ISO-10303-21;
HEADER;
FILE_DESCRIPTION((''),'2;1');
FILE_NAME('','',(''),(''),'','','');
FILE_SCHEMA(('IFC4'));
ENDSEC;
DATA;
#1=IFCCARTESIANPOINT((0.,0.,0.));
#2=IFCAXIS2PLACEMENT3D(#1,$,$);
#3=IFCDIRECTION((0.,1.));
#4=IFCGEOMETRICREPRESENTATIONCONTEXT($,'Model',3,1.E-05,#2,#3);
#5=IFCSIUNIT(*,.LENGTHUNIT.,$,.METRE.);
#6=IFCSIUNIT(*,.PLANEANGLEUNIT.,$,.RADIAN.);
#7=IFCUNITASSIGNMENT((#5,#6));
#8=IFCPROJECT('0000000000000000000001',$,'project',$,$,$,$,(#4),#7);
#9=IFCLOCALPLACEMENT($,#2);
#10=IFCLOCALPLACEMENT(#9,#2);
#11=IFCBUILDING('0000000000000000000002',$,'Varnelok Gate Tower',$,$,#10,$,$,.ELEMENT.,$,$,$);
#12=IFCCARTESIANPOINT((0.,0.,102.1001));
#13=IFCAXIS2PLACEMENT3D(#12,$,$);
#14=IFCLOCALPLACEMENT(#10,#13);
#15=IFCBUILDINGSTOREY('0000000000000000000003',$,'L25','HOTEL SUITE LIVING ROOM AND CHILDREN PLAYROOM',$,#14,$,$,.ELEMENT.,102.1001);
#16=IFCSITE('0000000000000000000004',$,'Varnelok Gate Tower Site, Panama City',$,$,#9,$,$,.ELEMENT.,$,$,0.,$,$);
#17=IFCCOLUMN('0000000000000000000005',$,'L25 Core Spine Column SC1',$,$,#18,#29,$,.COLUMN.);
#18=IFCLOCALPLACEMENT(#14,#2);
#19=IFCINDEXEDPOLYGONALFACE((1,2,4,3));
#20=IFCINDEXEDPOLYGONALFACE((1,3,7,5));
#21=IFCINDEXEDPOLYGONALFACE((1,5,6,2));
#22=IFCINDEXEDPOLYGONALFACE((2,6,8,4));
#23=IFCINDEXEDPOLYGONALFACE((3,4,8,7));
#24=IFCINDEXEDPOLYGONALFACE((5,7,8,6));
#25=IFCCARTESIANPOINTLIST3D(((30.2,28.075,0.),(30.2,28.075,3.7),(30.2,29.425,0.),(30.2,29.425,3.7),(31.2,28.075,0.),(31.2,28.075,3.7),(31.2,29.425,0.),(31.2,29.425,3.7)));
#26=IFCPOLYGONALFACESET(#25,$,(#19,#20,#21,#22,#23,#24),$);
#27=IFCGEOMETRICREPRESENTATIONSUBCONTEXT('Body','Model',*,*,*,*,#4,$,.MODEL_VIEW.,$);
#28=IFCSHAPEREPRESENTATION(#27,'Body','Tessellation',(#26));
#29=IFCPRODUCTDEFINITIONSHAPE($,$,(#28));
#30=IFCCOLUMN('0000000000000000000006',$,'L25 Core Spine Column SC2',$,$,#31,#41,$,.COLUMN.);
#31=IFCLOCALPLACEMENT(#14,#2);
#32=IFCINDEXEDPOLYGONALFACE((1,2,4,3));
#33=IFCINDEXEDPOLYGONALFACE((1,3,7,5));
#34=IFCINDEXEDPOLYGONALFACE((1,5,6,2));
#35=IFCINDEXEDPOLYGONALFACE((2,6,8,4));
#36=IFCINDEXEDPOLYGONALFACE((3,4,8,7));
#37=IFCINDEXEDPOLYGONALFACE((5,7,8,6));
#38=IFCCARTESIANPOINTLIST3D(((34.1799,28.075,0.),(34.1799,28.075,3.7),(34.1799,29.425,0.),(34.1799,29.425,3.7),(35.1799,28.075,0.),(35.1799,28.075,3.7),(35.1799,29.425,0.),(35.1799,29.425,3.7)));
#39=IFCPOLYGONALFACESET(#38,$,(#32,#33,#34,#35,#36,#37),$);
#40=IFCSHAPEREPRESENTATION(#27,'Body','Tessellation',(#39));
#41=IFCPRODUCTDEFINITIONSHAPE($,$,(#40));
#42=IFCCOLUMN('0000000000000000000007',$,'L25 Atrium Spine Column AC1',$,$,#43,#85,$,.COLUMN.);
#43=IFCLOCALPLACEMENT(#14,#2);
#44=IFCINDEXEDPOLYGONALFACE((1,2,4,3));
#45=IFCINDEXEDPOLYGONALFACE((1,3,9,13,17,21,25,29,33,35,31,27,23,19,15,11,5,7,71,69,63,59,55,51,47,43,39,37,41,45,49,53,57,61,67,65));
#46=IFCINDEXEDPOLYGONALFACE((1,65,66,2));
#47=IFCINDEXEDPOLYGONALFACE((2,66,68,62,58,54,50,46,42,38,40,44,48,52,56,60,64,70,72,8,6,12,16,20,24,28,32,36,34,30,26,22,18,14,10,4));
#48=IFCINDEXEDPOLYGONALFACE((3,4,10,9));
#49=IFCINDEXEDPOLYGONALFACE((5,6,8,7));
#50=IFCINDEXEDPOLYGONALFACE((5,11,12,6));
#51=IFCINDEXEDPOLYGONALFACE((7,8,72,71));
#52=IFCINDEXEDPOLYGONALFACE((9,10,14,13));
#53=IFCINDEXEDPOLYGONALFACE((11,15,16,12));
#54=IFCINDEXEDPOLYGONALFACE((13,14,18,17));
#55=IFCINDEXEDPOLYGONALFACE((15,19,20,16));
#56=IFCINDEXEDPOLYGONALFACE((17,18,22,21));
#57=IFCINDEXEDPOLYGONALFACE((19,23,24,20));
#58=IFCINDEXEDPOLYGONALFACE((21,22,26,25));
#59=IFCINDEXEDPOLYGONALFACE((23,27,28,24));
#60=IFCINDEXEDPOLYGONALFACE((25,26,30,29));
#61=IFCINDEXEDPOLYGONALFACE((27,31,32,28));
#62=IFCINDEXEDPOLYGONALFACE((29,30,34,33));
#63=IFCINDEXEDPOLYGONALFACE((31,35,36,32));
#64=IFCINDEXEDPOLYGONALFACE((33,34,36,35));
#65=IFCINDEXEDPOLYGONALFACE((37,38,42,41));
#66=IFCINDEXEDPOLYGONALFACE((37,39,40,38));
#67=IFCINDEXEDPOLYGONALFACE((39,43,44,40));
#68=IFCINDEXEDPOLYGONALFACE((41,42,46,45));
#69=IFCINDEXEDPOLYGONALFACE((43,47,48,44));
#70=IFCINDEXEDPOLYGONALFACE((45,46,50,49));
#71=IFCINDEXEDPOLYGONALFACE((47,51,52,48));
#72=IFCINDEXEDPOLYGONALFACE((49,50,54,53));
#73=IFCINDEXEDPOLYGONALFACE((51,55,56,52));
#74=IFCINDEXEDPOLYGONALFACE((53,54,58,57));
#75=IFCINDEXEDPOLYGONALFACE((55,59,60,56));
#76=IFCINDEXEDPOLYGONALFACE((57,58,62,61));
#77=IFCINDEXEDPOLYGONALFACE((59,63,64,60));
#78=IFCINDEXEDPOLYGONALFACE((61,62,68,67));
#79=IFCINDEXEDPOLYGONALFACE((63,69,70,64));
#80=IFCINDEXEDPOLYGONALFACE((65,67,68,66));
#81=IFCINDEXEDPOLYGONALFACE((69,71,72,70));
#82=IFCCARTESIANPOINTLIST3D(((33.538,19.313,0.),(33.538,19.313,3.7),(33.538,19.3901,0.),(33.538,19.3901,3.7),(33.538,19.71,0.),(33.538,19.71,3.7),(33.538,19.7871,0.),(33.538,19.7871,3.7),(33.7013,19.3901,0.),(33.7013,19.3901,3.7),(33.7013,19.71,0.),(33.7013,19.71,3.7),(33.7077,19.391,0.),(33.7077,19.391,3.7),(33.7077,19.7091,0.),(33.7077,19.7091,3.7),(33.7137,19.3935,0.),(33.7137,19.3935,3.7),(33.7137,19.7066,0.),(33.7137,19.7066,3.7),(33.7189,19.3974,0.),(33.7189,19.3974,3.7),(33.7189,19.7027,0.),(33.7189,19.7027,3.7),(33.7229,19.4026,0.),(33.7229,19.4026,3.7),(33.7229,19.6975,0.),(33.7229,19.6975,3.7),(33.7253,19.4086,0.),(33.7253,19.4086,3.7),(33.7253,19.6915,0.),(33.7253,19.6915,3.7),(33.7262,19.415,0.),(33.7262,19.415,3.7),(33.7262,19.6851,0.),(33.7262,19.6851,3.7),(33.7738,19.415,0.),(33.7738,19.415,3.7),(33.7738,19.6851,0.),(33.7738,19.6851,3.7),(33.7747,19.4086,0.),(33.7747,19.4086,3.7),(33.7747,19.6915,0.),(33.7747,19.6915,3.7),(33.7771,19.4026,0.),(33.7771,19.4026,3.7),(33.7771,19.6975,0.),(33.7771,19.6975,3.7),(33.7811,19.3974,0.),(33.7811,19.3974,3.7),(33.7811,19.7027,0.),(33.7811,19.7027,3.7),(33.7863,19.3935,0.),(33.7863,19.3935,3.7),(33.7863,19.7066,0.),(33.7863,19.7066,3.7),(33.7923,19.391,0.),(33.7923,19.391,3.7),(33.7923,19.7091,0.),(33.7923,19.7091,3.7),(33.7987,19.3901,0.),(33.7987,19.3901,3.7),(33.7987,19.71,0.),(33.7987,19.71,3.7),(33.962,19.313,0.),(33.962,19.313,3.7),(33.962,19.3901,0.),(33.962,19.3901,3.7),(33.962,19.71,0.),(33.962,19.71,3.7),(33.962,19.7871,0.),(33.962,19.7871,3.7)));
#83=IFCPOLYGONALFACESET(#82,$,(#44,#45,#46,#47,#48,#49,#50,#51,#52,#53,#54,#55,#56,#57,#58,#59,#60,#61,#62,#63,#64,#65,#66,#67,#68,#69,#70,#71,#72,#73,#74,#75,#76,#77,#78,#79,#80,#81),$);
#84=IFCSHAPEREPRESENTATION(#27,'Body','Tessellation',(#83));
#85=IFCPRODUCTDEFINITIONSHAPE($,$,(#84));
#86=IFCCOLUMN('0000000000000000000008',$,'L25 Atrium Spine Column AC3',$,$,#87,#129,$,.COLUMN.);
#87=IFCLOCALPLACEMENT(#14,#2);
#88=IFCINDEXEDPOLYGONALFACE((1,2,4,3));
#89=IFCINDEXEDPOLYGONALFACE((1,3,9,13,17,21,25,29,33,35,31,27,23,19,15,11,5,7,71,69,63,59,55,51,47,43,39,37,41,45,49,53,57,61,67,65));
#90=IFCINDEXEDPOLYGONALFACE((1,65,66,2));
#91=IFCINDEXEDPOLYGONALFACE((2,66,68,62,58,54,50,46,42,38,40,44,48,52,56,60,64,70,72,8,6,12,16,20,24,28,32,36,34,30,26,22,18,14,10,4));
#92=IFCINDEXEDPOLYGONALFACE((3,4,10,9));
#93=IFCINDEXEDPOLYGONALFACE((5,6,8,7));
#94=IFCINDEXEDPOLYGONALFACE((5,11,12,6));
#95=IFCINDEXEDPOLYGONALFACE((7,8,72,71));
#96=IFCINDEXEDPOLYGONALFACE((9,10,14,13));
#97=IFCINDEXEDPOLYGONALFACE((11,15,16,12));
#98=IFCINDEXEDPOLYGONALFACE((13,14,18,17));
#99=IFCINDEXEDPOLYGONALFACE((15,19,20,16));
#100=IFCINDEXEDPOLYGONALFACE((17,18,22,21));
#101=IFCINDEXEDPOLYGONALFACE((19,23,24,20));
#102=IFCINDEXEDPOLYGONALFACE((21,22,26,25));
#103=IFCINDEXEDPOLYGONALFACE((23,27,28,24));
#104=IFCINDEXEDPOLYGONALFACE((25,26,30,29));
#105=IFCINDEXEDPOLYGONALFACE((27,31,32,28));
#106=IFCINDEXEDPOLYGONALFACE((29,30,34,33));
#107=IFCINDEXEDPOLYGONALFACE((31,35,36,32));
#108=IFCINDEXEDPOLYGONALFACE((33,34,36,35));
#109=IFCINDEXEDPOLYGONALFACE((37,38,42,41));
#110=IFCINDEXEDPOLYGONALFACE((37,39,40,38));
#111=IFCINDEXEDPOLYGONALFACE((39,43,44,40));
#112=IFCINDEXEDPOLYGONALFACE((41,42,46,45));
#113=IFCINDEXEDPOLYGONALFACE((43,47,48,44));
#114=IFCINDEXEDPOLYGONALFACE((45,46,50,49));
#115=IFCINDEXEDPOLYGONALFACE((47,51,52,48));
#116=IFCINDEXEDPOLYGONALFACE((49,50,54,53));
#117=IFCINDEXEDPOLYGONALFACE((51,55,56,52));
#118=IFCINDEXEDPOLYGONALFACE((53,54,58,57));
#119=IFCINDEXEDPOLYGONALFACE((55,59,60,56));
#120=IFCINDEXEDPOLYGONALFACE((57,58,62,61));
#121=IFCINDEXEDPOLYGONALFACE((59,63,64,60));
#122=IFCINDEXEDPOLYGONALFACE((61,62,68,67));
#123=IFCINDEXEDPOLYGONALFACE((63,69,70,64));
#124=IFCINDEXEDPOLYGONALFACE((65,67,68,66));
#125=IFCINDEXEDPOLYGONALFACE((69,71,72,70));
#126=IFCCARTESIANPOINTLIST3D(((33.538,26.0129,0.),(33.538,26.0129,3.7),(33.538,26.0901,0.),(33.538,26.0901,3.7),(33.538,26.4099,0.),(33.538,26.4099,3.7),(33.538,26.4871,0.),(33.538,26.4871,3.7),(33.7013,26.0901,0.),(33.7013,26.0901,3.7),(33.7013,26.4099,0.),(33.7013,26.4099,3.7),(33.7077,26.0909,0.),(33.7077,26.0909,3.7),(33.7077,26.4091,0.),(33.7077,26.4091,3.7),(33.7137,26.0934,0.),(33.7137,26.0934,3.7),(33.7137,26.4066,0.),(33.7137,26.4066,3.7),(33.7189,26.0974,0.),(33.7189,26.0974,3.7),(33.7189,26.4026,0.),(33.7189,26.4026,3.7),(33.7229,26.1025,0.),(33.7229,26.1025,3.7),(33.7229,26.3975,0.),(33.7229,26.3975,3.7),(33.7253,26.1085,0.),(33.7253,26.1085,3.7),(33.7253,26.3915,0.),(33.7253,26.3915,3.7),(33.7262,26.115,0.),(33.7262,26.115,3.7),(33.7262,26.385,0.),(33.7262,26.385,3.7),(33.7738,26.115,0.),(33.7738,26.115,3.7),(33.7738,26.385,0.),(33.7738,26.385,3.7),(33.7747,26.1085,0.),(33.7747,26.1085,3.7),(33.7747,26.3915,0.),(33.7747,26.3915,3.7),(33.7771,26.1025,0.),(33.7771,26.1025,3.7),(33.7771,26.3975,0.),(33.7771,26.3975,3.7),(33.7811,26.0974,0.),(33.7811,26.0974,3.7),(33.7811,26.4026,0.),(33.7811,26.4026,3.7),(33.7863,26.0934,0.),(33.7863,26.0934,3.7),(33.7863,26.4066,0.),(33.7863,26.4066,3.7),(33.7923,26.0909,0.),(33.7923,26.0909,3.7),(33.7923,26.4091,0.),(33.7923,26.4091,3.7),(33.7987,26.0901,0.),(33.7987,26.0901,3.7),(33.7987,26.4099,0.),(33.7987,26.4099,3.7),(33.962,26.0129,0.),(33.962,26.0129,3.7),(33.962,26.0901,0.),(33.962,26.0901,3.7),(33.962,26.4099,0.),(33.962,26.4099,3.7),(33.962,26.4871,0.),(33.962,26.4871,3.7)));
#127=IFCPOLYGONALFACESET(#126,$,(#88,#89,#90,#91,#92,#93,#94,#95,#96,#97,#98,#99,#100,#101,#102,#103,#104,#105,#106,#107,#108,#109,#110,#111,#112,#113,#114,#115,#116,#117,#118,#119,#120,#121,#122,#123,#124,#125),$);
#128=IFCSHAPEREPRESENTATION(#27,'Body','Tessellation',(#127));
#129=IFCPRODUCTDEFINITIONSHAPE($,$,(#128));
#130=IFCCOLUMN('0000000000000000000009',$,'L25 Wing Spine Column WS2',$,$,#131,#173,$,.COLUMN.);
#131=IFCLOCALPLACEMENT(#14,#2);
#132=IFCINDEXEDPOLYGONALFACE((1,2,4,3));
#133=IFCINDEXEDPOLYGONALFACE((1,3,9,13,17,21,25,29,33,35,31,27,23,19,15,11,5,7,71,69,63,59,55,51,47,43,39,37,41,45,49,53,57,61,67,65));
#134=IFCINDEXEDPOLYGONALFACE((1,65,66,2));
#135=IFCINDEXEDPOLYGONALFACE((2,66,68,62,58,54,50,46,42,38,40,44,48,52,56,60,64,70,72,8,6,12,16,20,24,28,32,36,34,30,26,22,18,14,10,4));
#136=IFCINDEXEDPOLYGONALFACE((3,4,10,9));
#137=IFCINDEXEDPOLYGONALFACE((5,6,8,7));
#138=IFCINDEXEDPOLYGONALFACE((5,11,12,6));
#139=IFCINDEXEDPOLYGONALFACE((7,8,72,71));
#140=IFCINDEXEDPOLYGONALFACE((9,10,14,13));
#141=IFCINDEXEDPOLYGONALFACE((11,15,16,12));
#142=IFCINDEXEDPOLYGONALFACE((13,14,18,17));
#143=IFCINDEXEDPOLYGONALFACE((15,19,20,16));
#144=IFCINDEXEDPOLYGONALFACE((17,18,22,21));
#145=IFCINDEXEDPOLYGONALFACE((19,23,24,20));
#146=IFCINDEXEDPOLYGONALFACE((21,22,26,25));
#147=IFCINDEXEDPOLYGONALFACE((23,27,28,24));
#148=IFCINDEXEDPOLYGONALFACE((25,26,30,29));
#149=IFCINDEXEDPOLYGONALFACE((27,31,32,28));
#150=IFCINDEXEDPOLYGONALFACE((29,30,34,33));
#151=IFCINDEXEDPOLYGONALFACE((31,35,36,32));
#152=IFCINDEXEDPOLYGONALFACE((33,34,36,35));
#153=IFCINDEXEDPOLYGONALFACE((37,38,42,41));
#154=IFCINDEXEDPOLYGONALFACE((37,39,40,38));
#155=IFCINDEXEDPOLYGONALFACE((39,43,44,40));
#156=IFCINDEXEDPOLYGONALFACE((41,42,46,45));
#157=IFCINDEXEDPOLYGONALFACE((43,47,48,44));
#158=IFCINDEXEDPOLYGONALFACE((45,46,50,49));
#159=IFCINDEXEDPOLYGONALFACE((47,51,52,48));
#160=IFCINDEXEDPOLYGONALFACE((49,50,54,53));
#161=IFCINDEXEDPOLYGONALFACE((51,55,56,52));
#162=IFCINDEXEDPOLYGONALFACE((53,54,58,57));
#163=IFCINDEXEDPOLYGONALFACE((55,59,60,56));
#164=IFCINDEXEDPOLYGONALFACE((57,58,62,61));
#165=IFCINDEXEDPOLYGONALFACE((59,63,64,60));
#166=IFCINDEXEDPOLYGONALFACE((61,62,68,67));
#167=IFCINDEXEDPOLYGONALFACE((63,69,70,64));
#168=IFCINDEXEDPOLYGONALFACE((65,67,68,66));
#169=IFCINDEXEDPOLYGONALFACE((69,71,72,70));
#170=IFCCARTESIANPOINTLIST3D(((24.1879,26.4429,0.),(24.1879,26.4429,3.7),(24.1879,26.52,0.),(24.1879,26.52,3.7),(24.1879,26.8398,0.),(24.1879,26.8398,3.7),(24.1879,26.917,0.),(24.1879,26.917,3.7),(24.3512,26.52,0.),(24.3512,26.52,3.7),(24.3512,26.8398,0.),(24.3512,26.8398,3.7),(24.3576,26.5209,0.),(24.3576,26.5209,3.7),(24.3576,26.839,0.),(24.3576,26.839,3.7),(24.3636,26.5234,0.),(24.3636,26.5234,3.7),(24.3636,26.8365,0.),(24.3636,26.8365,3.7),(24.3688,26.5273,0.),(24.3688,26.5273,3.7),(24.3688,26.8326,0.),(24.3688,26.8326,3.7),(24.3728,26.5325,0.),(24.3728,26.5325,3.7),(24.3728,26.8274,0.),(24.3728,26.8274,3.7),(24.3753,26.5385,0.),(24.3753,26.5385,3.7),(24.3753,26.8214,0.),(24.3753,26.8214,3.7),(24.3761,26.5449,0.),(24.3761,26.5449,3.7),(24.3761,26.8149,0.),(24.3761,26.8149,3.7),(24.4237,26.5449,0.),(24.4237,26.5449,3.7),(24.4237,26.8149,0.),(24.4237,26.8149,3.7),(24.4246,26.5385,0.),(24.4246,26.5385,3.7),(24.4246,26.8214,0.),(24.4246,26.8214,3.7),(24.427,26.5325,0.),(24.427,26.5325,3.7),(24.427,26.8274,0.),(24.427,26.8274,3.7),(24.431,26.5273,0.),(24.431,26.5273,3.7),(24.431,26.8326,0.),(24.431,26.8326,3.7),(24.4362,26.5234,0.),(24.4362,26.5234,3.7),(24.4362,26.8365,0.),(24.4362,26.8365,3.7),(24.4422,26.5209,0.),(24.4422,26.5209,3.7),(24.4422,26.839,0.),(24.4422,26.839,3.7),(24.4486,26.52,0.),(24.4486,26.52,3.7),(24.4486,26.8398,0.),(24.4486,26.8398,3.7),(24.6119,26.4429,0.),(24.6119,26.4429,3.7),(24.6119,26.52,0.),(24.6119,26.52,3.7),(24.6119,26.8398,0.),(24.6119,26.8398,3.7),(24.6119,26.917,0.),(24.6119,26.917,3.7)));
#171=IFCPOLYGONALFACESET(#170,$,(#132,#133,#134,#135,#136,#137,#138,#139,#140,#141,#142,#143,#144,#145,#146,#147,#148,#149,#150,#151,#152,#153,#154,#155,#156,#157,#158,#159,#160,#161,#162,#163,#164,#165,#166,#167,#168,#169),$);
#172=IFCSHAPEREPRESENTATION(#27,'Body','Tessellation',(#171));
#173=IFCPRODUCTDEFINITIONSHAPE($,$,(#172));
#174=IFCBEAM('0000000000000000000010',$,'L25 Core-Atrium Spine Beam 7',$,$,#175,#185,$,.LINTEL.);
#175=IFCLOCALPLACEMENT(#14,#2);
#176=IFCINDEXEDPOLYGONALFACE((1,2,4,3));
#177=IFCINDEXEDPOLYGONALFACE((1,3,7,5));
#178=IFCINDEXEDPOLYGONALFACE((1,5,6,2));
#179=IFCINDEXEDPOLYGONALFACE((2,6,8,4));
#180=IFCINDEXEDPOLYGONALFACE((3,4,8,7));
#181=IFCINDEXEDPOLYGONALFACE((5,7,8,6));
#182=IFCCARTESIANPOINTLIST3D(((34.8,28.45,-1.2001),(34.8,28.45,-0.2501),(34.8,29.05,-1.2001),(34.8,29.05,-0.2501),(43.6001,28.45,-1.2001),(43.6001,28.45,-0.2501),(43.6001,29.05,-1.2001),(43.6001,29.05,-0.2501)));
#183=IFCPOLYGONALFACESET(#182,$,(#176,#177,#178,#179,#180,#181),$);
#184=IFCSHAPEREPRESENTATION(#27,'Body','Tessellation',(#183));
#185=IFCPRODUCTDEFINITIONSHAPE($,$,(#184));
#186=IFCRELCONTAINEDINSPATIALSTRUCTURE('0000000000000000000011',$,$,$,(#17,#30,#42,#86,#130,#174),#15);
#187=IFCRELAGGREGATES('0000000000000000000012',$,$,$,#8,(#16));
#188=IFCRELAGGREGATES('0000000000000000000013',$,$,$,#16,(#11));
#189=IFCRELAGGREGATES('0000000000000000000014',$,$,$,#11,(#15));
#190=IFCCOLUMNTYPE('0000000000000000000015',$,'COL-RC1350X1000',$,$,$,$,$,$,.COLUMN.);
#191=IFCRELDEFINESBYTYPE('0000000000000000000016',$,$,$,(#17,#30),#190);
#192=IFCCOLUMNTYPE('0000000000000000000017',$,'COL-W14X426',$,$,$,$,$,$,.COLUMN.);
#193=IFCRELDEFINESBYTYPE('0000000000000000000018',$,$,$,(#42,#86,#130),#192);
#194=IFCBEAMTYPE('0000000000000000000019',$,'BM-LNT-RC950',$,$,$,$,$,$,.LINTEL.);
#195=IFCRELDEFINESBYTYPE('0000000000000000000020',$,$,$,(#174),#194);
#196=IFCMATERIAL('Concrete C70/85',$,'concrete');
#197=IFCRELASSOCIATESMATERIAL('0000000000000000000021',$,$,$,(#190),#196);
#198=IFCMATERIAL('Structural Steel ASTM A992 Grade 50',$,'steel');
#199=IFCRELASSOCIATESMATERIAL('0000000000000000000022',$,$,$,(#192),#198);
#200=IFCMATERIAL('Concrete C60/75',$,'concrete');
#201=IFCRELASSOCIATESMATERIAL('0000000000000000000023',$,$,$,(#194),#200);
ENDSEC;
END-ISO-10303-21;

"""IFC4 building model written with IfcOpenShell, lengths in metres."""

from ifc_helpers import new_model, si_unit, direction, frame, origin, origin_2d, place, context, subcontext, project, spatial, rectangle, i_section, extrude, material, material_profile, profile_set, type_object, element, save


model = new_model("IFC4")

# Units and contexts
model_context = context("Model", 3, precision=1e-05, world=origin(), true_north=direction((0.0, 1.0)))
body_context = subcontext(model_context, "Body", "Model", "MODEL_VIEW")
ifc_project = project(units=[si_unit("LENGTHUNIT", "METRE"), si_unit("PLANEANGLEUNIT", "RADIAN")], contexts=[model_context])

# Site, building, storey
site_placement = place(None, origin())
site = spatial("IfcSite", under=ifc_project, at=site_placement, Name="Varnelok Gate Tower Site, Panama City", CompositionType="ELEMENT", RefElevation=0.0)
building_placement = place(site_placement, origin())
building = spatial("IfcBuilding", under=site, at=building_placement, Name="Varnelok Gate Tower", CompositionType="ELEMENT")
storey_placement = place(building_placement, frame((0.0, 0.0, 102.1001)))
storey = spatial("IfcBuildingStorey", under=building, at=storey_placement, Name="L25", Description="HOTEL SUITE LIVING ROOM AND CHILDREN PLAYROOM", CompositionType="ELEMENT", Elevation=102.1001)

# Columns
ifc_material_1 = material(Name="Concrete C70/85", Category="concrete")
ifc_material_profile_1 = material_profile(ifc_material_1, rectangle(XDim=1.0, YDim=1.3501, at=origin_2d()), Name="RC1350X1000")
ifc_profile_set_1 = profile_set([ifc_material_profile_1], Name="Concrete C70/85")
column_type_1 = type_object("IfcColumnType", Name="COL-RC1350X1000", PredefinedType="COLUMN", material=ifc_profile_set_1)
for number, where, z_axis, x_axis, name in (
    (1, (30.7, 28.75, 0.0), (0.0, 0.0, 1.0), (1.0, 0.0, 0.0), "L25 Core Spine Column SC1"),
    (2, (34.6799, 28.75, 0.0), (0.0, 0.0, 1.0), (1.0, 0.0, 0.0), "L25 Core Spine Column SC2"),
):
    element("IfcColumn", number, at=place(storey_placement, frame(where, z_axis=z_axis, x_axis=x_axis)), inside=storey, type_object=column_type_1, Name=name, PredefinedType="COLUMN", context=body_context, shape_type="SweptSolid", body=[
        extrude(rectangle(XDim=1.0, YDim=1.3501, at=origin_2d()), origin(), (0.0, 0.0, 1.0), 3.7),
    ])
ifc_material_2 = material(Name="Structural Steel ASTM A992 Grade 50", Category="steel")
ifc_material_profile_2 = material_profile(ifc_material_2, i_section(OverallWidth=0.4241, OverallDepth=0.4741, WebThickness=0.0476, FlangeThickness=0.0771, FilletRadius=0.0249, at=origin_2d()), Name="W14X426")
ifc_profile_set_2 = profile_set([ifc_material_profile_2], Name="Structural Steel ASTM A992 Grade 50")
column_type_2 = type_object("IfcColumnType", Name="COL-W14X426", PredefinedType="COLUMN", material=ifc_profile_set_2)
for number, where, z_axis, x_axis, name in (
    (3, (33.75, 19.55, 0.0), (0.0, 0.0, 1.0), (1.0, 0.0, 0.0), "L25 Atrium Spine Column AC1"),
    (4, (33.75, 26.25, 0.0), (0.0, 0.0, 1.0), (1.0, 0.0, 0.0), "L25 Atrium Spine Column AC3"),
    (5, (24.3999, 26.6799, 0.0), (0.0, 0.0, 1.0), (1.0, 0.0, 0.0), "L25 Wing Spine Column WS2"),
):
    element("IfcColumn", number, at=place(storey_placement, frame(where, z_axis=z_axis, x_axis=x_axis)), inside=storey, type_object=column_type_2, Name=name, PredefinedType="COLUMN", context=body_context, shape_type="SweptSolid", body=[
        extrude(i_section(OverallWidth=0.4241, OverallDepth=0.4741, WebThickness=0.0476, FlangeThickness=0.0771, FilletRadius=0.0249, at=origin_2d()), origin(), (0.0, 0.0, 1.0), 3.7),
    ])

# Beam
ifc_material_3 = material(Name="Concrete C60/75", Category="concrete")
ifc_material_profile_3 = material_profile(ifc_material_3, rectangle(XDim=0.6001, YDim=0.95, at=origin_2d()), Name="RC950X600")
ifc_profile_set_3 = profile_set([ifc_material_profile_3], Name="Concrete C60/75")
beam_type_1 = type_object("IfcBeamType", Name="BM-LNT-RC950", PredefinedType="LINTEL", material=ifc_profile_set_3)
beam_1_placement = place(storey_placement, frame((34.8, 28.75, -0.7251), z_axis=(1.0, 0.0, 0.0), x_axis=(0.0, 1.0, 0.0)))
element("IfcBeam", 6, at=beam_1_placement, inside=storey, type_object=beam_type_1, Name="L25 Core-Atrium Spine Beam 7", PredefinedType="LINTEL", context=body_context, shape_type="SweptSolid", body=[
    extrude(rectangle(XDim=0.6001, YDim=0.95, at=origin_2d()), origin(), (0.0, 0.0, 1.0), 8.8),
])

save(model, "model.ifc")
